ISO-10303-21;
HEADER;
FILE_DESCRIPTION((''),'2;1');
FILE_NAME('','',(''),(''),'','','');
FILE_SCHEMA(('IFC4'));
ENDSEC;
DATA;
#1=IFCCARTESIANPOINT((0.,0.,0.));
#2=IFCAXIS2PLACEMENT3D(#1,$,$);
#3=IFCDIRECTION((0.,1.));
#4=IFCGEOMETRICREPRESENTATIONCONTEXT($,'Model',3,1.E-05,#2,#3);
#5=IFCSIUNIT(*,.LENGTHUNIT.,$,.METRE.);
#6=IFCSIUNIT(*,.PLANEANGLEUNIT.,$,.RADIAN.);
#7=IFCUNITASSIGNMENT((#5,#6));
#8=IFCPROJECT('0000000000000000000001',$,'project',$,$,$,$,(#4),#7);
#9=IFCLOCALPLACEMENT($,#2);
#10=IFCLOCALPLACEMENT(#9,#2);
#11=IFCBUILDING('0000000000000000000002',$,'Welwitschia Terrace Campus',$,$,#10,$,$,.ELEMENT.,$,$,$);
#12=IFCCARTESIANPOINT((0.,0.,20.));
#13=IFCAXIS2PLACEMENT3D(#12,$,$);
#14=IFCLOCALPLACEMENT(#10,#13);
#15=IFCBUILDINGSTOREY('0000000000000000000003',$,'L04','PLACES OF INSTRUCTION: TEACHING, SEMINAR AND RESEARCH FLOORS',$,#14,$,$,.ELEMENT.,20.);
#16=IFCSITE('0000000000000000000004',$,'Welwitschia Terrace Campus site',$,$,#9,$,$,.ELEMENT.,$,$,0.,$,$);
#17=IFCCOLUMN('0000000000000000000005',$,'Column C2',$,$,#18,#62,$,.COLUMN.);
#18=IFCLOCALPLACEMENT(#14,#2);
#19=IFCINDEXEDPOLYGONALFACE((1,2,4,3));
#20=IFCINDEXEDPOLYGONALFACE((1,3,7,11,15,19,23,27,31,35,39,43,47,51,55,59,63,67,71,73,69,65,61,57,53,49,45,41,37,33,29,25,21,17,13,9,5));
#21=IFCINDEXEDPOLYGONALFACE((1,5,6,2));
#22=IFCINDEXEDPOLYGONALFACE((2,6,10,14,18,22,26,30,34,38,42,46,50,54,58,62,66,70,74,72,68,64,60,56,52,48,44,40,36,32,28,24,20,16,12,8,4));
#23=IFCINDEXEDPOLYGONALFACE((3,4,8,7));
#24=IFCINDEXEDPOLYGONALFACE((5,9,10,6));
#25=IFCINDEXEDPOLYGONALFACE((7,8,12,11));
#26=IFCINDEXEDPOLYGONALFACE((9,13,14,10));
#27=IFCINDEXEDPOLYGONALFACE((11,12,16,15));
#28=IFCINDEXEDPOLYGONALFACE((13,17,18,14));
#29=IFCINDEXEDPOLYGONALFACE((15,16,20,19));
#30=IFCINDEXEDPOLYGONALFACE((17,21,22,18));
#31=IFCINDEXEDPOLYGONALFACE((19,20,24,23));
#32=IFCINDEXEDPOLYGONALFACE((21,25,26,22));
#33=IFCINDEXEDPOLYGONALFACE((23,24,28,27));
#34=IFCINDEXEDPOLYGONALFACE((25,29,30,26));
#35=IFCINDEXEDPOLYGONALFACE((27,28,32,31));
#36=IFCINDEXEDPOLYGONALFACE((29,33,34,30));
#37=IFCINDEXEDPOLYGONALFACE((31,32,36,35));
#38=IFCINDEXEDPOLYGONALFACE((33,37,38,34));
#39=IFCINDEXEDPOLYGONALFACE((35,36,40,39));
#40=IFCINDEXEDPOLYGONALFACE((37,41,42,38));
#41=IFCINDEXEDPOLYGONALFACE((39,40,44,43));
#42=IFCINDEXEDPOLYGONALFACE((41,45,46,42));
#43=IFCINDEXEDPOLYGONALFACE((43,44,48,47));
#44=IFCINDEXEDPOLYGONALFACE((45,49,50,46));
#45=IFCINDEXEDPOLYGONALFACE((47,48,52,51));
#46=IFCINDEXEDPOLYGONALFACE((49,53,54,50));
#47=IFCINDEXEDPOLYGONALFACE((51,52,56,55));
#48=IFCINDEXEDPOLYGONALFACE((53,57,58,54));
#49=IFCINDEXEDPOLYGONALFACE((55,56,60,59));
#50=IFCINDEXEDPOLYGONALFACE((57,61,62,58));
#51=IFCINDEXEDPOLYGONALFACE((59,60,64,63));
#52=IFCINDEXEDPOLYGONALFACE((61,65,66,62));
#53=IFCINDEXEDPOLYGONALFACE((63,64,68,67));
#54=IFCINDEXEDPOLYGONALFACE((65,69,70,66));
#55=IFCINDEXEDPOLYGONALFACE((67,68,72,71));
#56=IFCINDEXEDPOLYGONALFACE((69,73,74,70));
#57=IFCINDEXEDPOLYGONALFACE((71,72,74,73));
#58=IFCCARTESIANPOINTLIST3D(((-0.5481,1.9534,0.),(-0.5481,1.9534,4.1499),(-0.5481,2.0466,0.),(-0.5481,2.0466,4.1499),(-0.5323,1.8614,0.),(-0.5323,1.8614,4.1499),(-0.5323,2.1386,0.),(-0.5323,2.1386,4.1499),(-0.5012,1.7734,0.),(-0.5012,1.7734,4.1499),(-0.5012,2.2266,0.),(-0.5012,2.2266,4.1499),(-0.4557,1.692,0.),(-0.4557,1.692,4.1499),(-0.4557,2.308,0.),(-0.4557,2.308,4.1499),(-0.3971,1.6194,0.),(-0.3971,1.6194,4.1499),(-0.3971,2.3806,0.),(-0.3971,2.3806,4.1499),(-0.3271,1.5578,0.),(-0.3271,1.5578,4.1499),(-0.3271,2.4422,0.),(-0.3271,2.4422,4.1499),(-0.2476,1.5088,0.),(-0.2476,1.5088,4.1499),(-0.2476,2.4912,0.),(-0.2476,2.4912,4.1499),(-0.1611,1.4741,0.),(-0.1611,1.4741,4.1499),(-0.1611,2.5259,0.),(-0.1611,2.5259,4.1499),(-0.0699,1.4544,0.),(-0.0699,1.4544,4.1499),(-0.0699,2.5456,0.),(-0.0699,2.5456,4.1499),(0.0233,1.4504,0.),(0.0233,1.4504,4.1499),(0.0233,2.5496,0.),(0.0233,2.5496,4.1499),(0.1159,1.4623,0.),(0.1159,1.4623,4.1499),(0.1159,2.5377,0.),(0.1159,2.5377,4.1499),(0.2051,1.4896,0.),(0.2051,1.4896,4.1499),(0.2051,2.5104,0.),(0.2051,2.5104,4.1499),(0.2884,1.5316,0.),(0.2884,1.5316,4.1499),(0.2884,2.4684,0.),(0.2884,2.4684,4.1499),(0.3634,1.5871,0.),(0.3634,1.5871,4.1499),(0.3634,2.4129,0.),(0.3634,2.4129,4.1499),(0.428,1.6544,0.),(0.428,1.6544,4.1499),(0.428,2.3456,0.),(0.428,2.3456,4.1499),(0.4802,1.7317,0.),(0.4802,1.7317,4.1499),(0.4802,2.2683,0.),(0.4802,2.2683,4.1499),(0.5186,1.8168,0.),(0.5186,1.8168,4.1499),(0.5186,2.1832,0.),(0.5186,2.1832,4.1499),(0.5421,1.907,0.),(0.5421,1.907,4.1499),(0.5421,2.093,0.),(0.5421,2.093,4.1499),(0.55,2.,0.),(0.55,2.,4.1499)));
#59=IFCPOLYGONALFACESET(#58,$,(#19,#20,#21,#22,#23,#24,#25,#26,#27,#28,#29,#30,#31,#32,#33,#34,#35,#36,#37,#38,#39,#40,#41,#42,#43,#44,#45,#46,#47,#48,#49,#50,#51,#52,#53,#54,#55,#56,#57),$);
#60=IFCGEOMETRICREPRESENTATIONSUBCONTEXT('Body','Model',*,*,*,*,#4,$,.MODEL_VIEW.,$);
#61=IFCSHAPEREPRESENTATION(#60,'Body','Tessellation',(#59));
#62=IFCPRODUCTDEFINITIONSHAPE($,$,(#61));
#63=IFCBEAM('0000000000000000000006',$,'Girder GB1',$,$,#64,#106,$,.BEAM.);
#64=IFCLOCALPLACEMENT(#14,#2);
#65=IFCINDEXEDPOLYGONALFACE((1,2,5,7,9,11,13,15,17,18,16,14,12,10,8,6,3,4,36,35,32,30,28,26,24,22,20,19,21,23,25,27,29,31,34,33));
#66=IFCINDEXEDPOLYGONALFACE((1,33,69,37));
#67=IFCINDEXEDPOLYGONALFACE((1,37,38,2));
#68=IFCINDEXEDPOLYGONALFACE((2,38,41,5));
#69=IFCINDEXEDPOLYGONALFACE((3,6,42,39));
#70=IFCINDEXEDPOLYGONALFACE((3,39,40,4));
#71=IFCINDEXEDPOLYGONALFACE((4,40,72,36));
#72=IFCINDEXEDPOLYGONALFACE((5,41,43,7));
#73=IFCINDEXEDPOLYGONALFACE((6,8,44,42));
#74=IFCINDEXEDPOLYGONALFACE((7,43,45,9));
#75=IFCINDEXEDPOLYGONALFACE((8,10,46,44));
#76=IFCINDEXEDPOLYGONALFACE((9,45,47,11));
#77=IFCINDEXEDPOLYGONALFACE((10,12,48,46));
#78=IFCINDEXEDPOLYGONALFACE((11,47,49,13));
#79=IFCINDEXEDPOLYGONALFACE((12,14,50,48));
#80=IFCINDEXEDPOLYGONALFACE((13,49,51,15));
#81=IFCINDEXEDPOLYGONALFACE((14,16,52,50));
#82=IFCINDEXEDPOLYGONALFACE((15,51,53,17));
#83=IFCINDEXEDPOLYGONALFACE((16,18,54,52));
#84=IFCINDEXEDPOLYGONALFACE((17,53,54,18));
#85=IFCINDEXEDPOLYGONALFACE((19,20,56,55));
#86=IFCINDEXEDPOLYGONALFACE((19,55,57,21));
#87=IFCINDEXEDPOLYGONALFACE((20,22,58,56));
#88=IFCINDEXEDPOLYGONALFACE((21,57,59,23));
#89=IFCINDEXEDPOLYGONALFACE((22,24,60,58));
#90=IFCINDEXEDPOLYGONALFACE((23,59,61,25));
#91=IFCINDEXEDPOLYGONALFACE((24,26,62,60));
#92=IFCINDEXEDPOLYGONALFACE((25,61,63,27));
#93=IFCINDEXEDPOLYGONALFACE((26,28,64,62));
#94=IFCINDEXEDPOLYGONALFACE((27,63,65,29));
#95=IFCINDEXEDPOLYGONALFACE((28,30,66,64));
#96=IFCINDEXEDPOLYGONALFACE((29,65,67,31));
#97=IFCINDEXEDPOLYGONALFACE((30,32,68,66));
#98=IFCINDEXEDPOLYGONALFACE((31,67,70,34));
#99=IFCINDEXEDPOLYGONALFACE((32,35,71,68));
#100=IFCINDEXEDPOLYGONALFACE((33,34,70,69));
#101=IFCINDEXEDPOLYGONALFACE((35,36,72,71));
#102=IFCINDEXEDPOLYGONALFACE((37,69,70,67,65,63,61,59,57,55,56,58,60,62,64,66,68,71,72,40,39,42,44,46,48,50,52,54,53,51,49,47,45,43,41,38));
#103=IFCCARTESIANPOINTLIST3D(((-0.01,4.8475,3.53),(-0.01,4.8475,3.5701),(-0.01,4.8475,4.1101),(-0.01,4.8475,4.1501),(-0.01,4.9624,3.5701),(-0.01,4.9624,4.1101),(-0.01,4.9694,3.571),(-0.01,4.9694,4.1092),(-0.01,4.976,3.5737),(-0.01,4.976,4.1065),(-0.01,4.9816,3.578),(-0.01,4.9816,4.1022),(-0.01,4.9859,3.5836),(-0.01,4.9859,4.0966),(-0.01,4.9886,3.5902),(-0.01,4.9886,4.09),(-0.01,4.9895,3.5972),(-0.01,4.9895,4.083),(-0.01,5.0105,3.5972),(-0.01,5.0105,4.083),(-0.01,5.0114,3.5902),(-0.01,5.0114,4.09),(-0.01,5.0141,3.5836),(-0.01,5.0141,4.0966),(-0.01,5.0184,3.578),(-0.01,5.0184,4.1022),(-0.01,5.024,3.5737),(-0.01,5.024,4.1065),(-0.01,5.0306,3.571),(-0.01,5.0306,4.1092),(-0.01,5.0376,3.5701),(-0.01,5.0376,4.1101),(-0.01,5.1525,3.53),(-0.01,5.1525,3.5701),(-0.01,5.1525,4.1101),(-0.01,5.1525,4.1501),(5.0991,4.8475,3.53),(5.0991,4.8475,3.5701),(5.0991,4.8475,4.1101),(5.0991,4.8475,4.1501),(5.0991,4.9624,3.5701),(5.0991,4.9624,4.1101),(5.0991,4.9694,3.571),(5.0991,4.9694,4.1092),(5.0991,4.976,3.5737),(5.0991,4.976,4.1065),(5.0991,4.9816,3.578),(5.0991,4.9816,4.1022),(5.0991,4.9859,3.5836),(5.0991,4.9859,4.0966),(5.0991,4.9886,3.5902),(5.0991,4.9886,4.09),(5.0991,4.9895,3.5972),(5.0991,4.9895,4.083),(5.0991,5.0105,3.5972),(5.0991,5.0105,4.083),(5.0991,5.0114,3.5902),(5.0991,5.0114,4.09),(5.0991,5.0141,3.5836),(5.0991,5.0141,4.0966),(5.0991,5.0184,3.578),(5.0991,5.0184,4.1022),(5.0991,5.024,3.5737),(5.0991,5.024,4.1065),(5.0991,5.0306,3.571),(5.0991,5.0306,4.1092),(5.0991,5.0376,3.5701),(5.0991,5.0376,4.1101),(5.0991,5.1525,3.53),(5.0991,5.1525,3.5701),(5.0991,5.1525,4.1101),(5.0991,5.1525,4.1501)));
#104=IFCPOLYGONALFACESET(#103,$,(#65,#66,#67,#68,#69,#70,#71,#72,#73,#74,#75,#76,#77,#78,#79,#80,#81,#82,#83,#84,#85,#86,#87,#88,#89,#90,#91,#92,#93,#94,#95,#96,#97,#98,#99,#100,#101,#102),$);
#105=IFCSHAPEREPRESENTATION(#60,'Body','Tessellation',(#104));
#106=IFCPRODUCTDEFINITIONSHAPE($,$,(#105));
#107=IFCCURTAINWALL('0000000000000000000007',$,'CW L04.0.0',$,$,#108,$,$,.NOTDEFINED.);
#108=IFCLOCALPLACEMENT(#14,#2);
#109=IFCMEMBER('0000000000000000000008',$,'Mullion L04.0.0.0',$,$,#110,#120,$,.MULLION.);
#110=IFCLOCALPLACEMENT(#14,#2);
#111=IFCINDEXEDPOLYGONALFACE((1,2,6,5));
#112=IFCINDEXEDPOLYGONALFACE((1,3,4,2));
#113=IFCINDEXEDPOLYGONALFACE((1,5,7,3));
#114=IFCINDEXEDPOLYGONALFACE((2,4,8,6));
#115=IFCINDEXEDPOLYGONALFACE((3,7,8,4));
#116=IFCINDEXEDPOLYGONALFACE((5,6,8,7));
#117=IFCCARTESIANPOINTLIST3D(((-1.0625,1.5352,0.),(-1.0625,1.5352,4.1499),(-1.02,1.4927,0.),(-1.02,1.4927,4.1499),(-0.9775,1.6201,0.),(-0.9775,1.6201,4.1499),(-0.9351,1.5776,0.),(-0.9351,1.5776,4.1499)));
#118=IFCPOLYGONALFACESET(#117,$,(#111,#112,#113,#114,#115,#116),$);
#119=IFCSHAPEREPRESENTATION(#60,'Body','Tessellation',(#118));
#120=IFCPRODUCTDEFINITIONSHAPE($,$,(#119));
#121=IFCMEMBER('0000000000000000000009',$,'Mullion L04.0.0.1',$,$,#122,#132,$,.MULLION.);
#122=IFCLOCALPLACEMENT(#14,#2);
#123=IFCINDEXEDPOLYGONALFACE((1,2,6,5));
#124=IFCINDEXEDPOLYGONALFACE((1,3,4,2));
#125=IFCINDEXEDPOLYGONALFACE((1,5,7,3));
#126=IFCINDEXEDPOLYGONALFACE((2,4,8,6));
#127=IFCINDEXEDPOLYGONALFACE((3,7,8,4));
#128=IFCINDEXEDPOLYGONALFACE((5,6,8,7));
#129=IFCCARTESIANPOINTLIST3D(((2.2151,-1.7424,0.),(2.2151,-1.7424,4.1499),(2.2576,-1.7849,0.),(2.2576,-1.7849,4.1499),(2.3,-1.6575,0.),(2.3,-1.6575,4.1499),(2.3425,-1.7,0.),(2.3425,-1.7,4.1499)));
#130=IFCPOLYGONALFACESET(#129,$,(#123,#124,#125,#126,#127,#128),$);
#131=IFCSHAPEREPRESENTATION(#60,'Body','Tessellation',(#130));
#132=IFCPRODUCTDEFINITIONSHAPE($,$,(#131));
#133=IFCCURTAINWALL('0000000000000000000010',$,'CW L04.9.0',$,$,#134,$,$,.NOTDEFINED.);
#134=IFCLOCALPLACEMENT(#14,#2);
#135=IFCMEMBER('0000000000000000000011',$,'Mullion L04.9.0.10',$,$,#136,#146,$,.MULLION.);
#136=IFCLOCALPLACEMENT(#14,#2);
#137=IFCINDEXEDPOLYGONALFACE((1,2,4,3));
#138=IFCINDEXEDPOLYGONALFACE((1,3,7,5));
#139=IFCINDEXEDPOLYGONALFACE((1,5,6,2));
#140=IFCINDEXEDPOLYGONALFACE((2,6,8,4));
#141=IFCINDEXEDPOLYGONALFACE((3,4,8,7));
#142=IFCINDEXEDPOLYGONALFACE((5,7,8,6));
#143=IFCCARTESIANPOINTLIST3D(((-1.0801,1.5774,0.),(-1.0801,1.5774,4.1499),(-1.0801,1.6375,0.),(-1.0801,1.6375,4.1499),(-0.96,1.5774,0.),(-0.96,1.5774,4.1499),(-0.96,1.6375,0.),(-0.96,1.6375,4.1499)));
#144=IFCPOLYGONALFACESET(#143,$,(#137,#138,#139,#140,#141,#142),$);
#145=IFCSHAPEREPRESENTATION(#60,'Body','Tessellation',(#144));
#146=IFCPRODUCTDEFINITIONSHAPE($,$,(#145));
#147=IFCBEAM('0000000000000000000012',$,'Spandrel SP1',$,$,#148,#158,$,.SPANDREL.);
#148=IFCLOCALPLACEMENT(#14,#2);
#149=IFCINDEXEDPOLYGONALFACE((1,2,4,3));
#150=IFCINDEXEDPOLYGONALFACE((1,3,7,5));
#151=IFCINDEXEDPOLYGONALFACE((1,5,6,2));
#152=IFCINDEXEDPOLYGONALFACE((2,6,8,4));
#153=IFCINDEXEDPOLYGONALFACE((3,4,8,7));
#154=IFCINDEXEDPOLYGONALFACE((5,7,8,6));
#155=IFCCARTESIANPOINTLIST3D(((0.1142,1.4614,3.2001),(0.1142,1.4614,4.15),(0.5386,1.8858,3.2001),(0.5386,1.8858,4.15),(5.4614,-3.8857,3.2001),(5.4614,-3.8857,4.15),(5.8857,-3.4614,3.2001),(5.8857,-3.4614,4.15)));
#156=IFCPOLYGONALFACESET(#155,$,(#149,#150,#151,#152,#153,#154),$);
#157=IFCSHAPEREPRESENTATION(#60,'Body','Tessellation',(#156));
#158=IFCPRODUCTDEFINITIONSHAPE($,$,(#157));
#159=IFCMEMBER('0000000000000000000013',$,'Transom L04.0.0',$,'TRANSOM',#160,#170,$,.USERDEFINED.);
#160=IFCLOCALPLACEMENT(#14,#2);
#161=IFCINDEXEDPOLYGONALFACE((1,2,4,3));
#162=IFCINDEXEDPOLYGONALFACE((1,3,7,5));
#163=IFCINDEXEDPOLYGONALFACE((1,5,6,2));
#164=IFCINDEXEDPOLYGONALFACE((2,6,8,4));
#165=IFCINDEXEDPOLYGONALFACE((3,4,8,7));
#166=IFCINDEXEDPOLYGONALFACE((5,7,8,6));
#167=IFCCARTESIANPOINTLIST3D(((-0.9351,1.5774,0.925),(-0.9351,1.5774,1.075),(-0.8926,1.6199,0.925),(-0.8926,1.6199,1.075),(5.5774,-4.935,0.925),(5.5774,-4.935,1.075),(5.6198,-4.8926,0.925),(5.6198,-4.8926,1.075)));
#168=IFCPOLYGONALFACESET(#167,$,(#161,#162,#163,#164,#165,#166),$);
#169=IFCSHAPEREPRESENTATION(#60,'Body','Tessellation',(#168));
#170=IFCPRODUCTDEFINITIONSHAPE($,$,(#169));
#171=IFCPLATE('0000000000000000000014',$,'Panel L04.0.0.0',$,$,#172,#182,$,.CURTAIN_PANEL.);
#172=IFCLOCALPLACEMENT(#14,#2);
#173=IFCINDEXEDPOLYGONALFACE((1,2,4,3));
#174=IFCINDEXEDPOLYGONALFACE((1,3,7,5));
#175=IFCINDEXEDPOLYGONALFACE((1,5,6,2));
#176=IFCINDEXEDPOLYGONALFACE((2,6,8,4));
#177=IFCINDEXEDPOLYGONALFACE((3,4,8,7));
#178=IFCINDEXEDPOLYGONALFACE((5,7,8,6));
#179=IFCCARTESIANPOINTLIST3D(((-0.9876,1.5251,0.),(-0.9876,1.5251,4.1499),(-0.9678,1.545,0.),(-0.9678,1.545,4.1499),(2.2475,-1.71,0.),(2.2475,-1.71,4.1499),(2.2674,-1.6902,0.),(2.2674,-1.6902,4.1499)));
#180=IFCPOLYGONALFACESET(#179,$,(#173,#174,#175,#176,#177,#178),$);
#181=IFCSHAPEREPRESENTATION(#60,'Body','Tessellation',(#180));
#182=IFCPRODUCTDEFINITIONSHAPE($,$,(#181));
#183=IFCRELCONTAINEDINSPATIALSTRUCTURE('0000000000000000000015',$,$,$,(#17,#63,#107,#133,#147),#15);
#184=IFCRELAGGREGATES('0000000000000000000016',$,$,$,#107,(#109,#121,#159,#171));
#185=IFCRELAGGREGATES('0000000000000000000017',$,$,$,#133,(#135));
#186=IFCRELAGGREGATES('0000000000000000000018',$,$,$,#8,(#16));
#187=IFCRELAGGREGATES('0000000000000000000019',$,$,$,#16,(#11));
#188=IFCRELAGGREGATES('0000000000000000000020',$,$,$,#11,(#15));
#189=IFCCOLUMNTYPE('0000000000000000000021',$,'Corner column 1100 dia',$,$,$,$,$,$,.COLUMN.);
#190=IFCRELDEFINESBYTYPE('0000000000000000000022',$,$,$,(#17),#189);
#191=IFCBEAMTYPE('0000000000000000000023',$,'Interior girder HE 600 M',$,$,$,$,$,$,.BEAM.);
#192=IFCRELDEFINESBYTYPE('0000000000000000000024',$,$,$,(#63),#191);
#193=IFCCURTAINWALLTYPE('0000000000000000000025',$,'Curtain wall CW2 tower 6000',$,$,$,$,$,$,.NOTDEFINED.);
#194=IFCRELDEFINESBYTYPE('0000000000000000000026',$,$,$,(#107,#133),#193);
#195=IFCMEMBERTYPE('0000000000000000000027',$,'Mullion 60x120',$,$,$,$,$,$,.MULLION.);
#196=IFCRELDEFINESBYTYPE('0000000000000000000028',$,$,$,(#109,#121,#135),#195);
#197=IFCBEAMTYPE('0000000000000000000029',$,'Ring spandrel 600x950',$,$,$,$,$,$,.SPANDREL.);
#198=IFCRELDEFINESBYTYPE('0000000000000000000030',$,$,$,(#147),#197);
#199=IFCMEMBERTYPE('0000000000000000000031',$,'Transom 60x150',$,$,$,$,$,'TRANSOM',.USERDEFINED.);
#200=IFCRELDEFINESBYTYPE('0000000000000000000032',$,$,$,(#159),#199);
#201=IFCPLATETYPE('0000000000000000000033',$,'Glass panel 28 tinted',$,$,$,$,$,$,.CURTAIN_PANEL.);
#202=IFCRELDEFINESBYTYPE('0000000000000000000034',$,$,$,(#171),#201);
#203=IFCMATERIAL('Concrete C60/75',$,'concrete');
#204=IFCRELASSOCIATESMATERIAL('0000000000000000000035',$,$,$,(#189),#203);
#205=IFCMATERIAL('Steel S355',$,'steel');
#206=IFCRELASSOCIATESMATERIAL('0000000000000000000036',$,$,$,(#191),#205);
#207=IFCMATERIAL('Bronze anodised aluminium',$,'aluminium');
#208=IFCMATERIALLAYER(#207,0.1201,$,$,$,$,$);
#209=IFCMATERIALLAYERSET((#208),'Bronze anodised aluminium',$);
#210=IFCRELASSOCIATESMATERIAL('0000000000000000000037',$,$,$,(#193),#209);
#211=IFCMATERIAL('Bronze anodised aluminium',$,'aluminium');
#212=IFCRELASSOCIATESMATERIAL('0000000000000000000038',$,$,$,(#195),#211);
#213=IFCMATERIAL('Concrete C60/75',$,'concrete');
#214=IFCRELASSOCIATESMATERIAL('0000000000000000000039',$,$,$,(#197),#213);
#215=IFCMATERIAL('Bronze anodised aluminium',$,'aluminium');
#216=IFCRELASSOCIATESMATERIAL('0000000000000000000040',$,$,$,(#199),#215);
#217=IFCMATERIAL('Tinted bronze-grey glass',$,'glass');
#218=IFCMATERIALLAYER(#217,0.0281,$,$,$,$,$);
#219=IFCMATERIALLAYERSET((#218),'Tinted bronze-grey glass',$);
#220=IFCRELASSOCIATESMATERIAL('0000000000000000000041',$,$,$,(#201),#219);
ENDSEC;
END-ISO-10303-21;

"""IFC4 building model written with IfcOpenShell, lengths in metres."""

from ifc_helpers import new_model, si_unit, direction, frame, origin, origin_2d, place, context, subcontext, project, spatial, rectangle, circle, i_section, extrude, material, layer, layer_set, material_profile, profile_set, type_object, element, aggregate, save


model = new_model("IFC4")

# Units and contexts
model_context = context("Model", 3, precision=1e-05, world=origin(), true_north=direction((0.0, 1.0)))
body_context = subcontext(model_context, "Body", "Model", "MODEL_VIEW")
ifc_project = project(units=[si_unit("LENGTHUNIT", "METRE"), si_unit("PLANEANGLEUNIT", "RADIAN")], contexts=[model_context])

# Site, building, storey
site_placement = place(None, origin())
site = spatial("IfcSite", under=ifc_project, at=site_placement, Name="Welwitschia Terrace Campus site", CompositionType="ELEMENT", RefElevation=0.0)
building_placement = place(site_placement, origin())
building = spatial("IfcBuilding", under=site, at=building_placement, Name="Welwitschia Terrace Campus", CompositionType="ELEMENT")
storey_placement = place(building_placement, frame((0.0, 0.0, 20.0)))
storey = spatial("IfcBuildingStorey", under=building, at=storey_placement, Name="L04", Description="PLACES OF INSTRUCTION: TEACHING, SEMINAR AND RESEARCH FLOORS", CompositionType="ELEMENT", Elevation=20.0)

# Column
ifc_material_1 = material(Name="Concrete C60/75", Category="concrete")
ifc_material_profile_1 = material_profile(ifc_material_1, circle(Radius=0.55, at=origin_2d()))
ifc_profile_set_1 = profile_set([ifc_material_profile_1], Name="Concrete C60/75")
column_type = type_object("IfcColumnType", Name="Corner column 1100 dia", PredefinedType="COLUMN", material=ifc_profile_set_1)
column_placement = place(storey_placement, frame((0.0, 2.0, 0.0), z_axis=(0.0, 0.0, 1.0), x_axis=(1.0, 0.0, 0.0)))
element("IfcColumn", 1, at=column_placement, inside=storey, type_object=column_type, Name="Column C2", PredefinedType="COLUMN", context=body_context, shape_type="SweptSolid", body=[
    extrude(circle(Radius=0.55, at=origin_2d()), origin(), (0.0, 0.0, 1.0), 4.1499),
])

# Beam
ifc_material_2 = material(Name="Steel S355", Category="steel")
ifc_material_profile_2 = material_profile(ifc_material_2, i_section(OverallWidth=0.3049, OverallDepth=0.6201, WebThickness=0.021, FlangeThickness=0.04, FilletRadius=0.0271, at=origin_2d()))
ifc_profile_set_2 = profile_set([ifc_material_profile_2], Name="Steel S355")
beam_type_1 = type_object("IfcBeamType", Name="Interior girder HE 600 M", PredefinedType="BEAM", material=ifc_profile_set_2)
beam_1_placement = place(storey_placement, frame((-0.01, 5.0, 3.8401), z_axis=(1.0, 0.0, 0.0), x_axis=(0.0, 1.0, 0.0)))
element("IfcBeam", 2, at=beam_1_placement, inside=storey, type_object=beam_type_1, Name="Girder GB1", PredefinedType="BEAM", context=body_context, shape_type="SweptSolid", body=[
    extrude(i_section(OverallWidth=0.3049, OverallDepth=0.6201, WebThickness=0.021, FlangeThickness=0.04, FilletRadius=0.0271, at=origin_2d()), origin(), (0.0, 0.0, 1.0), 5.1091),
])

# Curtain wall, members
ifc_material_3 = material(Name="Bronze anodised aluminium", Category="aluminium")
ifc_layer_1 = layer(ifc_material_3, 0.1201)
ifc_layer_set_1 = layer_set([ifc_layer_1], Name="Bronze anodised aluminium")
curtain_wall_type = type_object("IfcCurtainWallType", Name="Curtain wall CW2 tower 6000", PredefinedType="NOTDEFINED", material=ifc_layer_set_1)
curtain_wall_1_placement = place(storey_placement, origin())
curtain_wall_1 = element("IfcCurtainWall", 3, at=curtain_wall_1_placement, inside=storey, type_object=curtain_wall_type, Name="CW L04.0.0", PredefinedType="NOTDEFINED")
ifc_material_4 = material(Name="Bronze anodised aluminium", Category="aluminium")
ifc_material_profile_3 = material_profile(ifc_material_4, rectangle(XDim=0.1201, YDim=0.0601, at=origin_2d()))
ifc_profile_set_3 = profile_set([ifc_material_profile_3], Name="Bronze anodised aluminium")
member_type_1 = type_object("IfcMemberType", Name="Mullion 60x120", PredefinedType="MULLION", material=ifc_profile_set_3)
member_1_placement = place(storey_placement, frame((-0.9988, 1.5564, 0.0), z_axis=(0.0, 0.0, 1.0), x_axis=(0.707107, 0.707107, 0.0)))
member_1 = element("IfcMember", 4, at=member_1_placement, type_object=member_type_1, Name="Mullion L04.0.0.0", PredefinedType="MULLION", context=body_context, shape_type="SweptSolid", body=[
    extrude(rectangle(XDim=0.1201, YDim=0.0601, at=origin_2d()), origin(), (0.0, 0.0, 1.0), 4.1499),
])
member_2_placement = place(storey_placement, frame((2.2788, -1.7212, 0.0), z_axis=(0.0, 0.0, 1.0), x_axis=(0.707107, 0.707107, 0.0)))
member_2 = element("IfcMember", 5, at=member_2_placement, type_object=member_type_1, Name="Mullion L04.0.0.1", PredefinedType="MULLION", context=body_context, shape_type="SweptSolid", body=[
    extrude(rectangle(XDim=0.1201, YDim=0.0601, at=origin_2d()), origin(), (0.0, 0.0, 1.0), 4.1499),
])

# Curtain wall, member
curtain_wall_2_placement = place(storey_placement, origin())
curtain_wall_2 = element("IfcCurtainWall", 6, at=curtain_wall_2_placement, inside=storey, type_object=curtain_wall_type, Name="CW L04.9.0", PredefinedType="NOTDEFINED")
member_3_placement = place(storey_placement, frame((-1.02, 1.6074, 0.0), z_axis=(0.0, 0.0, 1.0), x_axis=(1.0, 0.0, 0.0)))
member_3 = element("IfcMember", 7, at=member_3_placement, type_object=member_type_1, Name="Mullion L04.9.0.10", PredefinedType="MULLION", context=body_context, shape_type="SweptSolid", body=[
    extrude(rectangle(XDim=0.1201, YDim=0.0601, at=origin_2d()), origin(), (0.0, 0.0, 1.0), 4.1499),
])

# Beam
ifc_material_5 = material(Name="Concrete C60/75", Category="concrete")
ifc_material_profile_4 = material_profile(ifc_material_5, rectangle(XDim=0.6001, YDim=0.95, at=origin_2d()))
ifc_profile_set_4 = profile_set([ifc_material_profile_4], Name="Concrete C60/75")
beam_type_2 = type_object("IfcBeamType", Name="Ring spandrel 600x950", PredefinedType="SPANDREL", material=ifc_profile_set_4)
beam_2_placement = place(storey_placement, frame((0.3264, 1.6736, 3.675), z_axis=(0.707107, -0.707107, 0.0), x_axis=(0.707107, 0.707107, 0.0)))
element("IfcBeam", 8, at=beam_2_placement, inside=storey, type_object=beam_type_2, Name="Spandrel SP1", PredefinedType="SPANDREL", context=body_context, shape_type="SweptSolid", body=[
    extrude(rectangle(XDim=0.6001, YDim=0.95, at=origin_2d()), origin(), (0.0, 0.0, 1.0), 7.562),
])

# Member
ifc_material_6 = material(Name="Bronze anodised aluminium", Category="aluminium")
ifc_material_profile_5 = material_profile(ifc_material_6, rectangle(XDim=0.0601, YDim=0.1499, at=origin_2d()))
ifc_profile_set_5 = profile_set([ifc_material_profile_5], Name="Bronze anodised aluminium")
member_type_2 = type_object("IfcMemberType", Name="Transom 60x150", ElementType="TRANSOM", PredefinedType="USERDEFINED", material=ifc_profile_set_5)
member_4_placement = place(storey_placement, frame((-0.9138, 1.5986, 1.0), z_axis=(0.707107, -0.707107, 0.0), x_axis=(0.707107, 0.707107, 0.0)))
member_4 = element("IfcMember", 9, at=member_4_placement, type_object=member_type_2, Name="Transom L04.0.0", ObjectType="TRANSOM", PredefinedType="USERDEFINED", context=body_context, shape_type="SweptSolid", body=[
    extrude(rectangle(XDim=0.0601, YDim=0.1499, at=origin_2d()), origin(), (0.0, 0.0, 1.0), 9.21),
])

# Plate
ifc_material_7 = material(Name="Tinted bronze-grey glass", Category="glass")
ifc_layer_2 = layer(ifc_material_7, 0.0281)
ifc_layer_set_2 = layer_set([ifc_layer_2], Name="Tinted bronze-grey glass")
plate_type = type_object("IfcPlateType", Name="Glass panel 28 tinted", PredefinedType="CURTAIN_PANEL", material=ifc_layer_set_2)
plate_1_placement = place(storey_placement, frame((0.6399, -0.0825, 0.0), z_axis=(0.0, 0.0, 1.0), x_axis=(0.707107, -0.707107, 0.0)))
plate_1 = element("IfcPlate", 10, at=plate_1_placement, type_object=plate_type, Name="Panel L04.0.0.0", PredefinedType="CURTAIN_PANEL", context=body_context, shape_type="SweptSolid", body=[
    extrude(rectangle(XDim=4.5752, YDim=0.0281, at=origin_2d()), origin(), (0.0, 0.0, 1.0), 4.1499),
])
aggregate(curtain_wall_1, [member_1, member_2, member_4, plate_1])
aggregate(curtain_wall_2, [member_3])

save(model, "model.ifc")
